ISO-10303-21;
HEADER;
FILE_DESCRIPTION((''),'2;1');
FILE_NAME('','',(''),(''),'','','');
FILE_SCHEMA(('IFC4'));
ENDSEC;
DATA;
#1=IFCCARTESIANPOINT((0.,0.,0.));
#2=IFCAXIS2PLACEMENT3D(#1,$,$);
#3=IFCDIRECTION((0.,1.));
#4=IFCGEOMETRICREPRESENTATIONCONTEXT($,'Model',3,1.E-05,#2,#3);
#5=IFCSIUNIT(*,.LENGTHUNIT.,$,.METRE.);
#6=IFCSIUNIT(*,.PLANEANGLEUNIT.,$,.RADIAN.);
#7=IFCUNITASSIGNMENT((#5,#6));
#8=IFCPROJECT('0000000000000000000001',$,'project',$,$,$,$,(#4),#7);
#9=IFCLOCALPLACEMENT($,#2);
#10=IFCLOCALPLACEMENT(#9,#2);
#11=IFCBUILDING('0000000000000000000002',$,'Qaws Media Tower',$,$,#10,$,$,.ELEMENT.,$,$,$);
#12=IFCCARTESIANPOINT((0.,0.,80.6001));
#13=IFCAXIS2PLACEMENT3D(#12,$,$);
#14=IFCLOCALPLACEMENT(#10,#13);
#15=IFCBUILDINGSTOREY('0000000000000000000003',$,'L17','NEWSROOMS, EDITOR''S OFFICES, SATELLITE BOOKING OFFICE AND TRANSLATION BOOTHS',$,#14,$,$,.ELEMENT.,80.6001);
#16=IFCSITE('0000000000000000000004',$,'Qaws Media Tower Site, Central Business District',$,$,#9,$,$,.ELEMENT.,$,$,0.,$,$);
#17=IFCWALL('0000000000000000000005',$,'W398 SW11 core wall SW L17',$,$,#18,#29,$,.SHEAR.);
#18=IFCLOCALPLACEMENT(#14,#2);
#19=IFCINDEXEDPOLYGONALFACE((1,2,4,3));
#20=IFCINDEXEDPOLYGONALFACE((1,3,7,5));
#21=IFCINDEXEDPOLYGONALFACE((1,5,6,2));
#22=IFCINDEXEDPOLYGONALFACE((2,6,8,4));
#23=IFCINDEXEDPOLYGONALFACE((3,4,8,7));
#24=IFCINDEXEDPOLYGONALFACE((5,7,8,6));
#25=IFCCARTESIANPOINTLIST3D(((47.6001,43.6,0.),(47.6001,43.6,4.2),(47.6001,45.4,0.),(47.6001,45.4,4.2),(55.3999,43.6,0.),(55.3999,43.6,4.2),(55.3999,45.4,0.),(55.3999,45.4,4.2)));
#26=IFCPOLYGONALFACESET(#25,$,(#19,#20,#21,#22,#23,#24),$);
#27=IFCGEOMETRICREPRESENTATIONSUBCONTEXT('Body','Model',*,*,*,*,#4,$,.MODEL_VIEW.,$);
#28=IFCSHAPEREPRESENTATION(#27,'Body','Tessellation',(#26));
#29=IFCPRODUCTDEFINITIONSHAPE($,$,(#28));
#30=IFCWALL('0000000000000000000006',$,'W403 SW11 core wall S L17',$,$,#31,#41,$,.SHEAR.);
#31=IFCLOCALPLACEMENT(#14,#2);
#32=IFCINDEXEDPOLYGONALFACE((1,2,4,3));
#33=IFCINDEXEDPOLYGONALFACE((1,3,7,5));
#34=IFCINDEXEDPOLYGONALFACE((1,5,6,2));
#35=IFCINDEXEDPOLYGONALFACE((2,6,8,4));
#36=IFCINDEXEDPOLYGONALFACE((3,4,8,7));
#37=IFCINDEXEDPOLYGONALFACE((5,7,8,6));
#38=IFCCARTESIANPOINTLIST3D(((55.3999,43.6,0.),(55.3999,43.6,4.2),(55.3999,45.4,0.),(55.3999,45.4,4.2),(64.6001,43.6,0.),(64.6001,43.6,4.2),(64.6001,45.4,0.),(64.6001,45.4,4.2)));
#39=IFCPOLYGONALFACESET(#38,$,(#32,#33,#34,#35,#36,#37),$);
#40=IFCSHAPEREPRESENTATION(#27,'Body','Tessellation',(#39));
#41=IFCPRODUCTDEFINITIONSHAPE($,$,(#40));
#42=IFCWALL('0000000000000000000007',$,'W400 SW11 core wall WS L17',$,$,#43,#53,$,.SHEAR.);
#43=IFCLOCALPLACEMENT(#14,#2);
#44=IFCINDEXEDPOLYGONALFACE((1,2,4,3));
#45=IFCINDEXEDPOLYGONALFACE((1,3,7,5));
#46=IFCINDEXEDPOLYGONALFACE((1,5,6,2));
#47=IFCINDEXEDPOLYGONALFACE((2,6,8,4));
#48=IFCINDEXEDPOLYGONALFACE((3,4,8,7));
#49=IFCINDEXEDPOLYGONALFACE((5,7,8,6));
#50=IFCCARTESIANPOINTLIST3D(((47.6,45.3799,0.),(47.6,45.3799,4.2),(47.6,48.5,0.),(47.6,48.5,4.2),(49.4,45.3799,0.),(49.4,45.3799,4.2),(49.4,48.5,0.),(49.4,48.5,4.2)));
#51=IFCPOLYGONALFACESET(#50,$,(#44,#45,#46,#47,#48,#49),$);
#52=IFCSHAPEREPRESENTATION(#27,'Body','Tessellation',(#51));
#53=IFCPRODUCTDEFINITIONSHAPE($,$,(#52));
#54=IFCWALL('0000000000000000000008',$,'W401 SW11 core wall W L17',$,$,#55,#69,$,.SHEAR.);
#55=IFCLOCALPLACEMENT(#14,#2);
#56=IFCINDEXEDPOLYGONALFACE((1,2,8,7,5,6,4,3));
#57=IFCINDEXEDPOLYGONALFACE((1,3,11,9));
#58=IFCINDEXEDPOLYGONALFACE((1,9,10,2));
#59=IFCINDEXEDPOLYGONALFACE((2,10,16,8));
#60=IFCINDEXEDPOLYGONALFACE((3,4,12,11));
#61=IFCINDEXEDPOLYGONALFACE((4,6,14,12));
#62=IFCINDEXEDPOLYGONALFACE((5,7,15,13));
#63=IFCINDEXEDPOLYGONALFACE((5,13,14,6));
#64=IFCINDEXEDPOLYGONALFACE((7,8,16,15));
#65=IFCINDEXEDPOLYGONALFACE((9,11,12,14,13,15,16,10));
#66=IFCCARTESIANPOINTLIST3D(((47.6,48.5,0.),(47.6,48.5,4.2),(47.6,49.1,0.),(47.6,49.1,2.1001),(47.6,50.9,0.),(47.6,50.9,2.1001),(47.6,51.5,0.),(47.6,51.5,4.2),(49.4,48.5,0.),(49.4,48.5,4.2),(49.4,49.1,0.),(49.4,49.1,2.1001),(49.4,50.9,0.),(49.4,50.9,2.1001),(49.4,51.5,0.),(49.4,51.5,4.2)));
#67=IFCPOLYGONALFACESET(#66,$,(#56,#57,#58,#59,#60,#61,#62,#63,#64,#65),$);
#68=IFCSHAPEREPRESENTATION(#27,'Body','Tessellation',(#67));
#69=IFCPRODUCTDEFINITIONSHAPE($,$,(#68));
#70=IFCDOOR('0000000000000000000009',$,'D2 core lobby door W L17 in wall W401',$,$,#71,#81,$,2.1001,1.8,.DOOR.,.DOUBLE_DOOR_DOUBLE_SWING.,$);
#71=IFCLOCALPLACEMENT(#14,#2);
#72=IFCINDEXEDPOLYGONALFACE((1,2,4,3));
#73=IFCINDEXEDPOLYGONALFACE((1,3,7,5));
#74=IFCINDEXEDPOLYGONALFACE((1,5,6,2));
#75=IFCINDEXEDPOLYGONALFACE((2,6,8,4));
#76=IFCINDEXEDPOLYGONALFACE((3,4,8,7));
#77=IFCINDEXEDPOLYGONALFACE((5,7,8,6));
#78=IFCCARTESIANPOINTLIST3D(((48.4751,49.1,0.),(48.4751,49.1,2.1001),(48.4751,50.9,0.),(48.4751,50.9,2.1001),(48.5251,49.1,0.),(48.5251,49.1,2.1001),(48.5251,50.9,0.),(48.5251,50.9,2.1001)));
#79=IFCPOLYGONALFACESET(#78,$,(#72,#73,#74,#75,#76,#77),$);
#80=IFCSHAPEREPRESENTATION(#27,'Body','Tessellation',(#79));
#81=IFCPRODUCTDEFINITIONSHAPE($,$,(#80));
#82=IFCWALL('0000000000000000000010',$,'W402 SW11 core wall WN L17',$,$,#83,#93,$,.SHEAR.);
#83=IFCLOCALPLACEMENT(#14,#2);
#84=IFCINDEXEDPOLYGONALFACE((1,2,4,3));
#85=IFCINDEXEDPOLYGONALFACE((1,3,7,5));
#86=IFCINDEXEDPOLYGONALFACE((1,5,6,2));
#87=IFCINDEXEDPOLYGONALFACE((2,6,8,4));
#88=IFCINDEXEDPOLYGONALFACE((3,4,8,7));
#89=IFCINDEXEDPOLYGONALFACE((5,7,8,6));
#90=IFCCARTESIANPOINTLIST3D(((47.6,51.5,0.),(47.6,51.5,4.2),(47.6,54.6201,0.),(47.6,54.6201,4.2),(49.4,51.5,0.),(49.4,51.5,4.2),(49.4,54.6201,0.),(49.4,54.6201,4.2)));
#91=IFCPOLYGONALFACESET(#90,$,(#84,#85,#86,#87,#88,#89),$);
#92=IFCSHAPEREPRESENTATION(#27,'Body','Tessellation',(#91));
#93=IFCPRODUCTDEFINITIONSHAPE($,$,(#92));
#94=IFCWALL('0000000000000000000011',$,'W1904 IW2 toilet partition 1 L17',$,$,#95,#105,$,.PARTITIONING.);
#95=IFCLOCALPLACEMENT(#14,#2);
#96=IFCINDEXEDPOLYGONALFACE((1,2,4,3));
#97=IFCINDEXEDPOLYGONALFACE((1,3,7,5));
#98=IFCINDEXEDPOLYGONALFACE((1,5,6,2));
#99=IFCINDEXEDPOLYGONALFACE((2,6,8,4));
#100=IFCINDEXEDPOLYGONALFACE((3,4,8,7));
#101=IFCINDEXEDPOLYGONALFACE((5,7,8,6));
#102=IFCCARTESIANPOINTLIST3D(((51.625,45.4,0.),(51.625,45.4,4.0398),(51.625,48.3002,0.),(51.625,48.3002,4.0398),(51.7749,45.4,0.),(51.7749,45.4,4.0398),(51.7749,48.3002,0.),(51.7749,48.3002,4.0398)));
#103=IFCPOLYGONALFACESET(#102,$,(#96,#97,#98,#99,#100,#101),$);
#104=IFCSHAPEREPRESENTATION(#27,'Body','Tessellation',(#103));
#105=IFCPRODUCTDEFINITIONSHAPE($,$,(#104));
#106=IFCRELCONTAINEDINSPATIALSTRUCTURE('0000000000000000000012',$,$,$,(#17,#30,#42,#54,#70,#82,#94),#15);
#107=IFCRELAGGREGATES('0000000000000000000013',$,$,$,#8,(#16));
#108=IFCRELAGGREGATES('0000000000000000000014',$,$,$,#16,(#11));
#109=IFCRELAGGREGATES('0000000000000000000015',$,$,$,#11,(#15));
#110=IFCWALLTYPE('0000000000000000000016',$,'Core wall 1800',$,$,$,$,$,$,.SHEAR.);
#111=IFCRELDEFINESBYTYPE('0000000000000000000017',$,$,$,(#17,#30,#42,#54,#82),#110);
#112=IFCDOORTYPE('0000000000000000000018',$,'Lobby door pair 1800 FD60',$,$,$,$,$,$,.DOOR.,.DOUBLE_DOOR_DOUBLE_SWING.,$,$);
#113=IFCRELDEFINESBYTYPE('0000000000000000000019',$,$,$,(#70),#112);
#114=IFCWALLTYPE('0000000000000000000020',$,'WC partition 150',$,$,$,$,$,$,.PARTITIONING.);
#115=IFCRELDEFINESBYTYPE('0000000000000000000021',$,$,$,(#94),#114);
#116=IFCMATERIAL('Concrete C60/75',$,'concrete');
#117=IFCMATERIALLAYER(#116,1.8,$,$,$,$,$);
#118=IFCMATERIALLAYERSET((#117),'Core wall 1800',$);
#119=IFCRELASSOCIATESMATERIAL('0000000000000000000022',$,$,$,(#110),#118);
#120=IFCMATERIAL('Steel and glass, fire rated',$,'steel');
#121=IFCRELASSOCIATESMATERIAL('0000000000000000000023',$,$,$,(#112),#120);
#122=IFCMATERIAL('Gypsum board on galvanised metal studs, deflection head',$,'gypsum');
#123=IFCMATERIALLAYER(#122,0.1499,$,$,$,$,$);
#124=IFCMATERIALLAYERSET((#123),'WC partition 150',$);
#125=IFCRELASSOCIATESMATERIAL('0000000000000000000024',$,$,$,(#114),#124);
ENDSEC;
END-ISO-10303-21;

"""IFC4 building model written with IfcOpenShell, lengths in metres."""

from ifc_helpers import new_model, si_unit, direction, frame, frame_2d, origin, place, context, subcontext, project, spatial, rectangle, extrude, material, layer, layer_set, type_object, element, fill, save


model = new_model("IFC4")

# Units and contexts
model_context = context("Model", 3, precision=1e-05, world=origin(), true_north=direction((0.0, 1.0)))
body_context = subcontext(model_context, "Body", "Model", "MODEL_VIEW")
ifc_project = project(units=[si_unit("LENGTHUNIT", "METRE"), si_unit("PLANEANGLEUNIT", "RADIAN")], contexts=[model_context])

# Site, building, storey
site_placement = place(None, origin())
site = spatial("IfcSite", under=ifc_project, at=site_placement, Name="Qaws Media Tower Site, Central Business District", CompositionType="ELEMENT", RefElevation=0.0)
building_placement = place(site_placement, origin())
building = spatial("IfcBuilding", under=site, at=building_placement, Name="Qaws Media Tower", CompositionType="ELEMENT")
storey_placement = place(building_placement, frame((0.0, 0.0, 80.6001)))
storey = spatial("IfcBuildingStorey", under=building, at=storey_placement, Name="L17", Description="NEWSROOMS, EDITOR'S OFFICES, SATELLITE BOOKING OFFICE AND TRANSLATION BOOTHS", CompositionType="ELEMENT", Elevation=80.6001)

# Walls
ifc_material_1 = material(Name="Concrete C60/75", Category="concrete")
ifc_layer_1 = layer(ifc_material_1, 1.8)
ifc_layer_set_1 = layer_set([ifc_layer_1], Name="Core wall 1800")
wall_type_1 = type_object("IfcWallType", Name="Core wall 1800", PredefinedType="SHEAR", material=ifc_layer_set_1)
wall_1_placement = place(storey_placement, frame((47.6001, 44.5, 0.0), z_axis=(0.0, 0.0, 1.0), x_axis=(1.0, 0.0, 0.0)))
element("IfcWall", 1, at=wall_1_placement, inside=storey, type_object=wall_type_1, Name="W398 SW11 core wall SW L17", PredefinedType="SHEAR", context=body_context, shape_type="SweptSolid", body=[
    extrude(rectangle(XDim=7.7998, YDim=1.8, at=frame_2d((3.8999, 0.0))), origin(), (0.0, 0.0, 1.0), 4.2),
])
wall_2_placement = place(storey_placement, frame((55.3999, 44.5, 0.0), z_axis=(0.0, 0.0, 1.0), x_axis=(1.0, 0.0, 0.0)))
element("IfcWall", 2, at=wall_2_placement, inside=storey, type_object=wall_type_1, Name="W403 SW11 core wall S L17", PredefinedType="SHEAR", context=body_context, shape_type="SweptSolid", body=[
    extrude(rectangle(XDim=9.2002, YDim=1.8, at=frame_2d((4.6001, 0.0))), origin(), (0.0, 0.0, 1.0), 4.2),
])
wall_3_placement = place(storey_placement, frame((48.5, 45.3799, 0.0), z_axis=(0.0, 0.0, 1.0), x_axis=(0.0, 1.0, 0.0)))
element("IfcWall", 3, at=wall_3_placement, inside=storey, type_object=wall_type_1, Name="W400 SW11 core wall WS L17", PredefinedType="SHEAR", context=body_context, shape_type="SweptSolid", body=[
    extrude(rectangle(XDim=3.1201, YDim=1.8, at=frame_2d((1.5601, 0.0))), origin(), (0.0, 0.0, 1.0), 4.2),
])

# Wall, opening, door
wall_4_placement = place(storey_placement, frame((48.5, 48.5, 0.0), z_axis=(0.0, 0.0, 1.0), x_axis=(0.0, 1.0, 0.0)))
wall_4 = element("IfcWall", 4, at=wall_4_placement, inside=storey, type_object=wall_type_1, Name="W401 SW11 core wall W L17", PredefinedType="SHEAR", context=body_context, shape_type="SweptSolid", body=[
    extrude(rectangle(XDim=3.0, YDim=1.8, at=frame_2d((1.5, 0.0))), origin(), (0.0, 0.0, 1.0), 4.2),
])
opening_1_placement = place(wall_4_placement, frame((0.6001, 0.0, 0.0)))
opening_1 = element("IfcOpeningElement", 5, at=opening_1_placement, cuts=wall_4, PredefinedType="OPENING", context=body_context, shape_type="SweptSolid", body=[
    extrude(rectangle(XDim=1.8, YDim=2.1001, at=frame_2d((0.8999, 1.05))), frame((0.0, 0.9099, 0.0), z_axis=(0.0, -1.0, 0.0), x_axis=(1.0, 0.0, 0.0)), (0.0, 0.0, 1.0), 1.8201),
])
ifc_material_2 = material(Name="Steel and glass, fire rated", Category="steel")
door_type_1 = type_object("IfcDoorType", Name="Lobby door pair 1800 FD60", OperationType="DOUBLE_DOOR_DOUBLE_SWING", PredefinedType="DOOR", material=ifc_material_2)
door_1_placement = place(opening_1_placement, origin())
door_1 = element("IfcDoor", 6, at=door_1_placement, inside=storey, type_object=door_type_1, Name="D2 core lobby door W L17 in wall W401", OperationType="DOUBLE_DOOR_DOUBLE_SWING", OverallHeight=2.1001, OverallWidth=1.8, PredefinedType="DOOR", context=body_context, shape_type="SweptSolid", body=[
    extrude(rectangle(XDim=1.8, YDim=2.1001, at=frame_2d((0.8999, 1.05))), frame((0.0, 0.0249, 0.0), z_axis=(0.0, -1.0, 0.0), x_axis=(1.0, 0.0, 0.0)), (0.0, 0.0, 1.0), 0.05),
])
fill(opening_1, door_1)

# Walls
wall_5_placement = place(storey_placement, frame((48.5, 51.5, 0.0), z_axis=(0.0, 0.0, 1.0), x_axis=(0.0, 1.0, 0.0)))
element("IfcWall", 7, at=wall_5_placement, inside=storey, type_object=wall_type_1, Name="W402 SW11 core wall WN L17", PredefinedType="SHEAR", context=body_context, shape_type="SweptSolid", body=[
    extrude(rectangle(XDim=3.1201, YDim=1.8, at=frame_2d((1.5601, 0.0))), origin(), (0.0, 0.0, 1.0), 4.2),
])
ifc_material_3 = material(Name="Gypsum board on galvanised metal studs, deflection head", Category="gypsum")
ifc_layer_2 = layer(ifc_material_3, 0.1499)
ifc_layer_set_2 = layer_set([ifc_layer_2], Name="WC partition 150")
wall_type_2 = type_object("IfcWallType", Name="WC partition 150", PredefinedType="PARTITIONING", material=ifc_layer_set_2)
wall_6_placement = place(storey_placement, frame((51.7, 45.3999, 0.0), z_axis=(0.0, 0.0, 1.0), x_axis=(0.0, 1.0, 0.0)))
element("IfcWall", 8, at=wall_6_placement, inside=storey, type_object=wall_type_2, Name="W1904 IW2 toilet partition 1 L17", PredefinedType="PARTITIONING", context=body_context, shape_type="SweptSolid", body=[
    extrude(rectangle(XDim=2.9001, YDim=0.1499, at=frame_2d((1.4502, 0.0))), origin(), (0.0, 0.0, 1.0), 4.0398),
])

save(model, "model.ifc")
